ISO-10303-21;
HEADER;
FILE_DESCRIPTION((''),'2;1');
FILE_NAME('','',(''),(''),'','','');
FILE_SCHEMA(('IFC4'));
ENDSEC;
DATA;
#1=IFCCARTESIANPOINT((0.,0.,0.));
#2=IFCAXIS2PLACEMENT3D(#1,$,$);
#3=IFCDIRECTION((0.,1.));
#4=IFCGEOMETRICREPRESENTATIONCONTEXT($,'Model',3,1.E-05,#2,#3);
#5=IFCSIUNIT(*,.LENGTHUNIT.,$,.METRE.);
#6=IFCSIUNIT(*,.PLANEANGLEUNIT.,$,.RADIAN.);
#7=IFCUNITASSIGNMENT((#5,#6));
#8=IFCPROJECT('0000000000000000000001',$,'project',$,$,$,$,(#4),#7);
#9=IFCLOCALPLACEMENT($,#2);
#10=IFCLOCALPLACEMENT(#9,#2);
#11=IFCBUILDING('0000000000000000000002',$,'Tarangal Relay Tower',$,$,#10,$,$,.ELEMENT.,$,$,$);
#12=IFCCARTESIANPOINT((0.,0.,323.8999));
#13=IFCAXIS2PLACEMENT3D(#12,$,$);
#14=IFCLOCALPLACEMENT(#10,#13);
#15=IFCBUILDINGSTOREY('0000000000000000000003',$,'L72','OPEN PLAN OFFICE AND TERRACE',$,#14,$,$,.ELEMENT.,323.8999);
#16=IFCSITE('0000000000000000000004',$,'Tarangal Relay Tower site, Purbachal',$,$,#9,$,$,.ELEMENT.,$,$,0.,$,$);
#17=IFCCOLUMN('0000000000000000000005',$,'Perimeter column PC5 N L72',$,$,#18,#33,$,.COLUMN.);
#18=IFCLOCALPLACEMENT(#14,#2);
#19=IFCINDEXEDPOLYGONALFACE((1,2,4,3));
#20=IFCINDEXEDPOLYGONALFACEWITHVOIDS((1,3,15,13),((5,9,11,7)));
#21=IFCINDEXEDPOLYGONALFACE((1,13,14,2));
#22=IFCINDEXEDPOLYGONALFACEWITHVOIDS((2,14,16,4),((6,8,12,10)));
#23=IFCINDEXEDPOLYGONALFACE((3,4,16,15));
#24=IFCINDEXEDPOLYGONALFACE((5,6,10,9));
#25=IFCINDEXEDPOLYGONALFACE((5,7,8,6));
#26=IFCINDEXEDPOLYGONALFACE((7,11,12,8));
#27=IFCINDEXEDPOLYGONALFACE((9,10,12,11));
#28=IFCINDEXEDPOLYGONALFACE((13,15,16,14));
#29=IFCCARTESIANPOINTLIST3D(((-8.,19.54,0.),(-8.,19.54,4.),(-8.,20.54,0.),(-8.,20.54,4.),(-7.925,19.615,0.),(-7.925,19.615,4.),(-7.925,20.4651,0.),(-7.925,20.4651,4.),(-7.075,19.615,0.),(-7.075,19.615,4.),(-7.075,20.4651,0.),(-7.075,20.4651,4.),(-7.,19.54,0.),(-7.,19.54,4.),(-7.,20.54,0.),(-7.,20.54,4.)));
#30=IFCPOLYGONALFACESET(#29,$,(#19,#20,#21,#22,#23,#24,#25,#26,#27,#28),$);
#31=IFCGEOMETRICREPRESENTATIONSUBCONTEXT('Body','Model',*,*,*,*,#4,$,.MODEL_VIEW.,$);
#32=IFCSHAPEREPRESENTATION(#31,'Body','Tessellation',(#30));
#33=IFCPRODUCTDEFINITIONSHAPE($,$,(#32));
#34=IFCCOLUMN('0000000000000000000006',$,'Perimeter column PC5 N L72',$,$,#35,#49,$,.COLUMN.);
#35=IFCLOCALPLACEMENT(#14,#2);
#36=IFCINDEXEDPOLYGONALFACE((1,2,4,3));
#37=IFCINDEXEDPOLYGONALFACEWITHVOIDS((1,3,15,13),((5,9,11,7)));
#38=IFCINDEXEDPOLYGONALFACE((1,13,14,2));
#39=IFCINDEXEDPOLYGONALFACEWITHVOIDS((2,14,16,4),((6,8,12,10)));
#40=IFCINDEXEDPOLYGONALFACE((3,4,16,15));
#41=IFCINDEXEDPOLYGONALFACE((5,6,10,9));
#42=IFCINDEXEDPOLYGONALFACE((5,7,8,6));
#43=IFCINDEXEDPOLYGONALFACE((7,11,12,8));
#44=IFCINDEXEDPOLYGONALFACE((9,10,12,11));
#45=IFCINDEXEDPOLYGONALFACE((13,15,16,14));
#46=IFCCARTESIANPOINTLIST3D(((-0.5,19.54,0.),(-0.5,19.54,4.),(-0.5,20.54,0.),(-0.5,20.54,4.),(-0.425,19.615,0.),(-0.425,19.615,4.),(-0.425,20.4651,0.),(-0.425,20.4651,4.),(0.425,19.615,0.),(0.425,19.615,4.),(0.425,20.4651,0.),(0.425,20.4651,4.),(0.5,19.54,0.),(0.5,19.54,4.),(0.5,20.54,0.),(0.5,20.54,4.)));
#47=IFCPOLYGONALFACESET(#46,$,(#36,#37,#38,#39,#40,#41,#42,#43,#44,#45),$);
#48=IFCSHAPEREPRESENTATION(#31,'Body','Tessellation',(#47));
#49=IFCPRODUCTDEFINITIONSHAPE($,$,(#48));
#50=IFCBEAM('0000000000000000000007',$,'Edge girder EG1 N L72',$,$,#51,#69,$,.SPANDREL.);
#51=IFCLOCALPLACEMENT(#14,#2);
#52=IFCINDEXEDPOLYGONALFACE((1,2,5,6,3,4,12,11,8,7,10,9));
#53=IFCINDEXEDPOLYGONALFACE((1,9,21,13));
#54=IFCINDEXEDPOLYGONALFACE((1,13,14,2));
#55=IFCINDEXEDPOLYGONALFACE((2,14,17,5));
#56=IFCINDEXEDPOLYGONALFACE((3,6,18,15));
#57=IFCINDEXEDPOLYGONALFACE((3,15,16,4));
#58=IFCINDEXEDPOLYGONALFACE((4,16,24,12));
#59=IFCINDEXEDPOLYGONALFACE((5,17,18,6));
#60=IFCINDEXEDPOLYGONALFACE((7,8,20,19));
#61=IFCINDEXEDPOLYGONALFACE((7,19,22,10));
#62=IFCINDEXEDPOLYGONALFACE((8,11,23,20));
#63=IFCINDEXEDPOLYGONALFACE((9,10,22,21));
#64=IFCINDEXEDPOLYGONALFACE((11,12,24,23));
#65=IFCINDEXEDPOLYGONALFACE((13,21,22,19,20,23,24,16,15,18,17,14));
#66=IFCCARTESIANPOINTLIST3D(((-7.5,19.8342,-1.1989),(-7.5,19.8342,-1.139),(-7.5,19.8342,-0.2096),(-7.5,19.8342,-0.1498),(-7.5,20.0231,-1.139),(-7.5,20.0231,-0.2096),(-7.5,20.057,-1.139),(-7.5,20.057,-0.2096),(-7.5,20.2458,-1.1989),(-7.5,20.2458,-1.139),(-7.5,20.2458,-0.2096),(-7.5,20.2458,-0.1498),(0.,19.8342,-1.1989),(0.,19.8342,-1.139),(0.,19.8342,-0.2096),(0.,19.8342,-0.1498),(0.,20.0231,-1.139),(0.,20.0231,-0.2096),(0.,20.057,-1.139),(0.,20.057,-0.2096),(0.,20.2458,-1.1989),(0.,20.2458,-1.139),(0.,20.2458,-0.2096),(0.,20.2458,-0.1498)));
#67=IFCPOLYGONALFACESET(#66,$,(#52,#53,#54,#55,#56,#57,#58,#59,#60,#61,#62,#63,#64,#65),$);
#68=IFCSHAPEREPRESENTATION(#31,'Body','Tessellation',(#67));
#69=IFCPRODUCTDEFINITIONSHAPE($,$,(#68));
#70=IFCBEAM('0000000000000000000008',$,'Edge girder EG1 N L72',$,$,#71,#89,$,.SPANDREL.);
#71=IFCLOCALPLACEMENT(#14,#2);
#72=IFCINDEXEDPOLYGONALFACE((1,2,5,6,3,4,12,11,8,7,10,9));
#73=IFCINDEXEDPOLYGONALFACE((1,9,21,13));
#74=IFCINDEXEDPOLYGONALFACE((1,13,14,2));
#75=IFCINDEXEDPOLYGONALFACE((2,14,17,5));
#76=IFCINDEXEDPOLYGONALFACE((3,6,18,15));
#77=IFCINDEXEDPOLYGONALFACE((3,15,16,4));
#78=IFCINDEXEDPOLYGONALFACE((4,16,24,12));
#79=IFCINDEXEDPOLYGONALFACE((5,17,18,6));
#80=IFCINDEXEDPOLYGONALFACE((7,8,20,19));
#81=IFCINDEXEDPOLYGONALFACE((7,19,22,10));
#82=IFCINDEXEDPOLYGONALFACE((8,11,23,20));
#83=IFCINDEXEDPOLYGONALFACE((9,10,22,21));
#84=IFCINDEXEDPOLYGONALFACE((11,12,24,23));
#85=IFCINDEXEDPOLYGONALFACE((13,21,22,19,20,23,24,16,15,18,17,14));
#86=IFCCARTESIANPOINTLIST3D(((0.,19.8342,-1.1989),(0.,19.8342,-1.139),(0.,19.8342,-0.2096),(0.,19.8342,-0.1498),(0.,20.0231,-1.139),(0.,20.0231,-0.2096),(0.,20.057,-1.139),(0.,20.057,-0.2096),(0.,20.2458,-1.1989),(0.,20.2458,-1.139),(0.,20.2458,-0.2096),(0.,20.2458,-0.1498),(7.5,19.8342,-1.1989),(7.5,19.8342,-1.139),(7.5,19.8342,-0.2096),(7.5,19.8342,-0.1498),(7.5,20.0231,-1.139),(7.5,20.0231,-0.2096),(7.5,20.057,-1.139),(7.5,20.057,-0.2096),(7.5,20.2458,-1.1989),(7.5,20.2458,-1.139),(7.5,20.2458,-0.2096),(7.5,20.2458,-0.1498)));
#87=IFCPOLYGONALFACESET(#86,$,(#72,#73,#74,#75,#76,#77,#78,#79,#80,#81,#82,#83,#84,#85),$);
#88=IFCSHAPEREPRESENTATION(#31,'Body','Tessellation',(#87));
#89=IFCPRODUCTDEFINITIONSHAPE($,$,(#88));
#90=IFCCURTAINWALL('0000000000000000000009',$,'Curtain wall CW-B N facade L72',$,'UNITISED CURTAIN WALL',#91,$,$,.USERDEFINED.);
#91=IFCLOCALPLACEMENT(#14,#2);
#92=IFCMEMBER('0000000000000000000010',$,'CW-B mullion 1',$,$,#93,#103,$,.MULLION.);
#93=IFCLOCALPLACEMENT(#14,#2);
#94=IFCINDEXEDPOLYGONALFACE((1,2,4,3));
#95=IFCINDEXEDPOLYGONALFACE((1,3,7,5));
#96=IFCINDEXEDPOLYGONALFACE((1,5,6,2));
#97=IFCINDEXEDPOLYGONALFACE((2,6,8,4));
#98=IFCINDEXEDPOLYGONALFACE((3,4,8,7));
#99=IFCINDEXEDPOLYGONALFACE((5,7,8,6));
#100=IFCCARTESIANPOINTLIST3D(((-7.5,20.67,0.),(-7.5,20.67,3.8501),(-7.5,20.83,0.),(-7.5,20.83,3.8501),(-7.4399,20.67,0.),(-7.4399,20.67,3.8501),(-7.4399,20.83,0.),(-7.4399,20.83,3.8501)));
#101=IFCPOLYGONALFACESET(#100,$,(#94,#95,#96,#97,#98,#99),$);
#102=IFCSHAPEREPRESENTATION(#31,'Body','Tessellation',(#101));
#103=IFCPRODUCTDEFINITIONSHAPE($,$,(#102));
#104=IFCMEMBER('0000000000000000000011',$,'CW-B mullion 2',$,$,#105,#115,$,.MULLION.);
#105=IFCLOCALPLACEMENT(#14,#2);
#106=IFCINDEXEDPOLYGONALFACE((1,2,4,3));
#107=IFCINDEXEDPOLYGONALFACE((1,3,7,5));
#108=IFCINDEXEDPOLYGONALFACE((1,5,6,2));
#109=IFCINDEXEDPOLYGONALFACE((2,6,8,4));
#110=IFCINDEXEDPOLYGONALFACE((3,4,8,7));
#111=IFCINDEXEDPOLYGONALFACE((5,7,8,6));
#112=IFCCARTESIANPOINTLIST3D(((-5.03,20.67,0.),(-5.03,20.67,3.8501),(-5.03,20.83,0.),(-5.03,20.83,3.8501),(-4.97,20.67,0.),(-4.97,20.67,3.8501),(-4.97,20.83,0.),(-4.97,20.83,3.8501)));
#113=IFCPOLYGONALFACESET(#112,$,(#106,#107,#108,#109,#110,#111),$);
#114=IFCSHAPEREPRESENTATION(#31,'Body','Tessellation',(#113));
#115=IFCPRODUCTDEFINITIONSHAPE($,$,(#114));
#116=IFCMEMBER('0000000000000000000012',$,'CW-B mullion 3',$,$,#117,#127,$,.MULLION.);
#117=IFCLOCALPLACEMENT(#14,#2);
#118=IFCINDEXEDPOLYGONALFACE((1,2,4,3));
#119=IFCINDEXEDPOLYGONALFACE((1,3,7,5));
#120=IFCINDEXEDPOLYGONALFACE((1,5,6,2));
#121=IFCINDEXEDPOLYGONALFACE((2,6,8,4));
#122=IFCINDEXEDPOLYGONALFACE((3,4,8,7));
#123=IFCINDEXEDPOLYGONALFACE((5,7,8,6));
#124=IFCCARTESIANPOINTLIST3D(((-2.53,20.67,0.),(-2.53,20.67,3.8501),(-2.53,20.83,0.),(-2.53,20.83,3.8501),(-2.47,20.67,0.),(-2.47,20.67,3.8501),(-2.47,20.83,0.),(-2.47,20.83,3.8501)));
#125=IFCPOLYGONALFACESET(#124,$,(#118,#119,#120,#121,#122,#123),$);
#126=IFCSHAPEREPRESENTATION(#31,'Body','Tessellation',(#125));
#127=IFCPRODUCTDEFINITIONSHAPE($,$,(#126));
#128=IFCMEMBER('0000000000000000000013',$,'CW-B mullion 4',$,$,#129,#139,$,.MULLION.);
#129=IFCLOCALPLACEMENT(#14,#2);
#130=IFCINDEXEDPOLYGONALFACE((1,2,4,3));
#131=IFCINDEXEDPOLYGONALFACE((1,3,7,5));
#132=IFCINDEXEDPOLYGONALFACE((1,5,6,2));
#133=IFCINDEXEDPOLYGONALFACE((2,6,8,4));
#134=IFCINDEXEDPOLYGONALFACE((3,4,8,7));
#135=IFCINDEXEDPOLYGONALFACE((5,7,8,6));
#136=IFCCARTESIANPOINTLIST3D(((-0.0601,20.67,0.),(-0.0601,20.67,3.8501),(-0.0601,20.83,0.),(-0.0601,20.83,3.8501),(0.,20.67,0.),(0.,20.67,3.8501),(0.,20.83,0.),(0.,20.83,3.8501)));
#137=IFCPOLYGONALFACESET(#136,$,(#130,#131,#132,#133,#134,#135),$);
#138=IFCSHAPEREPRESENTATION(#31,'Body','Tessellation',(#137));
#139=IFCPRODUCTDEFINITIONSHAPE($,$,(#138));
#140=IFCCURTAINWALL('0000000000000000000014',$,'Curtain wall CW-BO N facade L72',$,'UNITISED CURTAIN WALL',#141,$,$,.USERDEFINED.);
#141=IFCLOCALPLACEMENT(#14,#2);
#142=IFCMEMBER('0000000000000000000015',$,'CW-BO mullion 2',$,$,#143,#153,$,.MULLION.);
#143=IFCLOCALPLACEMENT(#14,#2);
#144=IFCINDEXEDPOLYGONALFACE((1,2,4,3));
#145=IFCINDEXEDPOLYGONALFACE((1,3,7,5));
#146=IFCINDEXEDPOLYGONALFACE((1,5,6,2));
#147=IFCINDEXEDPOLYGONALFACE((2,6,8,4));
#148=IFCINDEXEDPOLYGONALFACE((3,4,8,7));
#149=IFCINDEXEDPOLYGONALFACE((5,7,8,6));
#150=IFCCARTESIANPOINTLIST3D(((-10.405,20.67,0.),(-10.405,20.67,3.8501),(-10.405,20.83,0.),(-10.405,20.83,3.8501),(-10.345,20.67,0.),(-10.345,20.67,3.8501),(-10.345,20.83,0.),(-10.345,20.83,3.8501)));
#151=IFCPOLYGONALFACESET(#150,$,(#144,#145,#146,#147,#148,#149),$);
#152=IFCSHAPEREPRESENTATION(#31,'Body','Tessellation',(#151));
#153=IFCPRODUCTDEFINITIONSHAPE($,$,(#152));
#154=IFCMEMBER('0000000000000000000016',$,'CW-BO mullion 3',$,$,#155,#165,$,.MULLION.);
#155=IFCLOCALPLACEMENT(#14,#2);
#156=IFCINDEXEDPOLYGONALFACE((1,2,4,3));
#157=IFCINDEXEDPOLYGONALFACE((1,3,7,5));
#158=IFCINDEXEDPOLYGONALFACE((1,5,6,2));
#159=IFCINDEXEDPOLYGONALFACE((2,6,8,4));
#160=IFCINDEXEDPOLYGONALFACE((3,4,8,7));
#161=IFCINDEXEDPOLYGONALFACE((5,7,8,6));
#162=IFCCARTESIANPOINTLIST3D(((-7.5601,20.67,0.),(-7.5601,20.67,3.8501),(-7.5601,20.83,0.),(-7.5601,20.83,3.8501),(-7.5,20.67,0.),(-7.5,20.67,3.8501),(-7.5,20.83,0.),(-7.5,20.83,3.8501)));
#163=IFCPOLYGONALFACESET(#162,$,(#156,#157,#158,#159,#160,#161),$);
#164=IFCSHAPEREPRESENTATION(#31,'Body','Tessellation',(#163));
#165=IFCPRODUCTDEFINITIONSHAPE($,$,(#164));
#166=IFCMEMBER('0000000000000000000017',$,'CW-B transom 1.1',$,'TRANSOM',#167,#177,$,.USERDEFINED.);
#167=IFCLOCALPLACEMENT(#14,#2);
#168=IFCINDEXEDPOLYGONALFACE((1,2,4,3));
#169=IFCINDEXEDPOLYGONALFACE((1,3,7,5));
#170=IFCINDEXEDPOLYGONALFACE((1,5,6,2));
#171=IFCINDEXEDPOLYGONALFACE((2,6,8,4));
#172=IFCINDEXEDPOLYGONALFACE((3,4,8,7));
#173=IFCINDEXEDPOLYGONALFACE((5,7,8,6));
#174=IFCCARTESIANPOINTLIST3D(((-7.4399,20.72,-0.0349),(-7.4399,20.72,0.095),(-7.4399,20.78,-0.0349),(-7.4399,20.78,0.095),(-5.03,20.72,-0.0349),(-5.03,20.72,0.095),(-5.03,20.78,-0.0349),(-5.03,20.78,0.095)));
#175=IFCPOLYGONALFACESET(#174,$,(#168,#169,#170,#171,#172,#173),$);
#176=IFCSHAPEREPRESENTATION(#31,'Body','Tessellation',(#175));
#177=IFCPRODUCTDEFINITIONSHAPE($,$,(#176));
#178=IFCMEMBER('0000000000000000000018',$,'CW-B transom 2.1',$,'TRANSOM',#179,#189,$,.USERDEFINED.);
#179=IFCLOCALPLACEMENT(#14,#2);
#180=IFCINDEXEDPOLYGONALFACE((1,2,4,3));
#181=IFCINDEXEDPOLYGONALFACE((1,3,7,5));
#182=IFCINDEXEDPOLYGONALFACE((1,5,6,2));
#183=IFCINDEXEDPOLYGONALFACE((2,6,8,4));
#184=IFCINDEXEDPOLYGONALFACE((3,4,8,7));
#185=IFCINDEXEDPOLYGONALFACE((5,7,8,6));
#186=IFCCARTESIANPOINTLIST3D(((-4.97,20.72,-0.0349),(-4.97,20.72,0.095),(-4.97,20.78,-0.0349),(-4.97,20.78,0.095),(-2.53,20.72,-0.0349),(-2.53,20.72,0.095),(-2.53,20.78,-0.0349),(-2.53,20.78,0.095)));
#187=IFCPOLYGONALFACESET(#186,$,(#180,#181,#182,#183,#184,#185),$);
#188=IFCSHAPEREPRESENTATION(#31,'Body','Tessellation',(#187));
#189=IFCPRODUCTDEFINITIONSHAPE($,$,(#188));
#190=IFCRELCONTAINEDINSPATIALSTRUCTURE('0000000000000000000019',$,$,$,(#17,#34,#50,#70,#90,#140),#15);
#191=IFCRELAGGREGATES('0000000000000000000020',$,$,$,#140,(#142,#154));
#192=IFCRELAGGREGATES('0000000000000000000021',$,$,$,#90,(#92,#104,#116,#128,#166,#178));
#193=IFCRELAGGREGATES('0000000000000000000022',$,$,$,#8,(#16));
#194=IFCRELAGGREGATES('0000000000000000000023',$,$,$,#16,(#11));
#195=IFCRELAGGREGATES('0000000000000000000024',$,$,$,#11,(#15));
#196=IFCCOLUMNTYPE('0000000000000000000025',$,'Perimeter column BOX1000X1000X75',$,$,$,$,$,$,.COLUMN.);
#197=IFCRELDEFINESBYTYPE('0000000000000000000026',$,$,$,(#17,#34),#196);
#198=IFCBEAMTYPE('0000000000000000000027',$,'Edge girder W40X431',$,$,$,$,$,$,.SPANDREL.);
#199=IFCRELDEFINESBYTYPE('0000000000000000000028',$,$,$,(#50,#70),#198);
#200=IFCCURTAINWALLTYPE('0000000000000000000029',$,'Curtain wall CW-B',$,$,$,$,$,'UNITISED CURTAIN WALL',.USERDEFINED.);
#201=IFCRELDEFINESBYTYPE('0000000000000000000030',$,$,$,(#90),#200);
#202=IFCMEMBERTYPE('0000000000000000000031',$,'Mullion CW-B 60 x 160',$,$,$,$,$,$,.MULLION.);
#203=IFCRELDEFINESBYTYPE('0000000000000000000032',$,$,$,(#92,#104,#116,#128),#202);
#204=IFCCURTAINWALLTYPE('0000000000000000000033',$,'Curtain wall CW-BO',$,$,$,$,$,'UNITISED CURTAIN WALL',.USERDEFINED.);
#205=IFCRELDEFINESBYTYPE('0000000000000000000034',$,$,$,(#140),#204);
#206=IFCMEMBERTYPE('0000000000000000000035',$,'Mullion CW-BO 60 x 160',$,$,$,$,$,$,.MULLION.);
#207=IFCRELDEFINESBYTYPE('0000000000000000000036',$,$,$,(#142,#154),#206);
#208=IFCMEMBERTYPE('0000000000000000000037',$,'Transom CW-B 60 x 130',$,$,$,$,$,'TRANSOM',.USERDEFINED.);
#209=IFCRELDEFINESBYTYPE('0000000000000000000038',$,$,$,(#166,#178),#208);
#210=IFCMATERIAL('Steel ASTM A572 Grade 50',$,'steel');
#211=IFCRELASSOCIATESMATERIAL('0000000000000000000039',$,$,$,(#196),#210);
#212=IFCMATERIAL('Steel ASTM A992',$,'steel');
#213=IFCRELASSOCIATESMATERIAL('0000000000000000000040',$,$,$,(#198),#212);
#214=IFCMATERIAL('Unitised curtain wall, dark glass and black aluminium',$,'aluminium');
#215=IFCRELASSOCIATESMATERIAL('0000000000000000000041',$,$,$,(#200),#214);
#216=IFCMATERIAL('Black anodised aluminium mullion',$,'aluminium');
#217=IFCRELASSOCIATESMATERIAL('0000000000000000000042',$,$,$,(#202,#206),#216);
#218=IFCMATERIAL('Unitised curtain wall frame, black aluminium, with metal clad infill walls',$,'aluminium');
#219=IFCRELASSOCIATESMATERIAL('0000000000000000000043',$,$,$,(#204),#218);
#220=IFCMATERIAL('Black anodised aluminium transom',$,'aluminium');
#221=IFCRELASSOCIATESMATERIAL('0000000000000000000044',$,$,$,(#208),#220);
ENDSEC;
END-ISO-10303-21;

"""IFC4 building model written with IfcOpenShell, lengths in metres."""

from ifc_helpers import new_model, si_unit, direction, frame, origin, origin_2d, place, context, subcontext, project, spatial, rectangle, hollow_rectangle, i_section, extrude, material, material_profile, profile_set, type_object, element, aggregate, save


model = new_model("IFC4")

# Units and contexts
model_context = context("Model", 3, precision=1e-05, world=origin(), true_north=direction((0.0, 1.0)))
body_context = subcontext(model_context, "Body", "Model", "MODEL_VIEW")
ifc_project = project(units=[si_unit("LENGTHUNIT", "METRE"), si_unit("PLANEANGLEUNIT", "RADIAN")], contexts=[model_context])

# Site, building, storey
site_placement = place(None, origin())
site = spatial("IfcSite", under=ifc_project, at=site_placement, Name="Tarangal Relay Tower site, Purbachal", CompositionType="ELEMENT", RefElevation=0.0)
building_placement = place(site_placement, origin())
building = spatial("IfcBuilding", under=site, at=building_placement, Name="Tarangal Relay Tower", CompositionType="ELEMENT")
storey_placement = place(building_placement, frame((0.0, 0.0, 323.8999)))
storey = spatial("IfcBuildingStorey", under=building, at=storey_placement, Name="L72", Description="OPEN PLAN OFFICE AND TERRACE", CompositionType="ELEMENT", Elevation=323.8999)

# Columns
ifc_material_1 = material(Name="Steel ASTM A572 Grade 50", Category="steel")
ifc_material_profile_1 = material_profile(ifc_material_1, hollow_rectangle(XDim=1.0, YDim=1.0, WallThickness=0.075, at=origin_2d()), Name="BOX1000X1000X75")
ifc_profile_set_1 = profile_set([ifc_material_profile_1], Name="Steel ASTM A572 Grade 50")
column_type = type_object("IfcColumnType", Name="Perimeter column BOX1000X1000X75", PredefinedType="COLUMN", material=ifc_profile_set_1)
for number, where, z_axis, x_axis, name in (
    (1, (-7.5, 20.04, 0.0), (0.0, 0.0, 1.0), (1.0, 0.0, 0.0), "Perimeter column PC5 N L72"),
    (2, (0.0, 20.04, 0.0), (0.0, 0.0, 1.0), (1.0, 0.0, 0.0), "Perimeter column PC5 N L72"),
):
    element("IfcColumn", number, at=place(storey_placement, frame(where, z_axis=z_axis, x_axis=x_axis)), inside=storey, type_object=column_type, Name=name, PredefinedType="COLUMN", context=body_context, shape_type="SweptSolid", body=[
        extrude(hollow_rectangle(XDim=1.0, YDim=1.0, WallThickness=0.075, at=origin_2d()), origin(), (0.0, 0.0, 1.0), 4.0),
    ])

# Beams
ifc_material_2 = material(Name="Steel ASTM A992", Category="steel")
ifc_material_profile_2 = material_profile(ifc_material_2, i_section(OverallWidth=0.4116, OverallDepth=1.0491, WebThickness=0.0339, FlangeThickness=0.0598, at=origin_2d()), Name="W40X431")
ifc_profile_set_2 = profile_set([ifc_material_profile_2], Name="Steel ASTM A992")
beam_type = type_object("IfcBeamType", Name="Edge girder W40X431", PredefinedType="SPANDREL", material=ifc_profile_set_2)
for number, where, z_axis, x_axis, name in (
    (3, (-7.5, 20.04, -0.6743), (1.0, 0.0, 0.0), (0.0, 1.0, 0.0), "Edge girder EG1 N L72"),
    (4, (0.0, 20.04, -0.6743), (1.0, 0.0, 0.0), (0.0, 1.0, 0.0), "Edge girder EG1 N L72"),
):
    element("IfcBeam", number, at=place(storey_placement, frame(where, z_axis=z_axis, x_axis=x_axis)), inside=storey, type_object=beam_type, Name=name, PredefinedType="SPANDREL", context=body_context, shape_type="SweptSolid", body=[
        extrude(i_section(OverallWidth=0.4116, OverallDepth=1.0491, WebThickness=0.0339, FlangeThickness=0.0598, at=origin_2d()), origin(), (0.0, 0.0, 1.0), 7.5),
    ])

# Curtain walls, members
ifc_material_3 = material(Name="Unitised curtain wall, dark glass and black aluminium", Category="aluminium")
curtain_wall_type_1 = type_object("IfcCurtainWallType", Name="Curtain wall CW-B", ElementType="UNITISED CURTAIN WALL", PredefinedType="USERDEFINED", material=ifc_material_3)
curtain_wall_1_placement = place(storey_placement, origin())
curtain_wall_1 = element("IfcCurtainWall", 5, at=curtain_wall_1_placement, inside=storey, type_object=curtain_wall_type_1, Name="Curtain wall CW-B N facade L72", ObjectType="UNITISED CURTAIN WALL", PredefinedType="USERDEFINED")
ifc_material_4 = material(Name="Black anodised aluminium mullion", Category="aluminium")
ifc_material_profile_3 = material_profile(ifc_material_4, rectangle(XDim=0.1599, YDim=0.0601, at=origin_2d()), Name="CW-BM 60X160")
ifc_profile_set_3 = profile_set([ifc_material_profile_3], Name="Black anodised aluminium mullion")
member_type_1 = type_object("IfcMemberType", Name="Mullion CW-B 60 x 160", PredefinedType="MULLION", material=ifc_profile_set_3)
member_1_placement = place(storey_placement, frame((-7.47, 20.75, 0.0), z_axis=(0.0, 0.0, 1.0), x_axis=(0.0, 1.0, 0.0)))
member_1 = element("IfcMember", 6, at=member_1_placement, type_object=member_type_1, Name="CW-B mullion 1", PredefinedType="MULLION", context=body_context, shape_type="SweptSolid", body=[
    extrude(rectangle(XDim=0.1599, YDim=0.0601, at=origin_2d()), origin(), (0.0, 0.0, 1.0), 3.8501),
])
member_2_placement = place(storey_placement, frame((-5.0, 20.75, 0.0), z_axis=(0.0, 0.0, 1.0), x_axis=(0.0, 1.0, 0.0)))
member_2 = element("IfcMember", 7, at=member_2_placement, type_object=member_type_1, Name="CW-B mullion 2", PredefinedType="MULLION", context=body_context, shape_type="SweptSolid", body=[
    extrude(rectangle(XDim=0.1599, YDim=0.0601, at=origin_2d()), origin(), (0.0, 0.0, 1.0), 3.8501),
])
member_3_placement = place(storey_placement, frame((-2.5, 20.75, 0.0), z_axis=(0.0, 0.0, 1.0), x_axis=(0.0, 1.0, 0.0)))
member_3 = element("IfcMember", 8, at=member_3_placement, type_object=member_type_1, Name="CW-B mullion 3", PredefinedType="MULLION", context=body_context, shape_type="SweptSolid", body=[
    extrude(rectangle(XDim=0.1599, YDim=0.0601, at=origin_2d()), origin(), (0.0, 0.0, 1.0), 3.8501),
])
member_4_placement = place(storey_placement, frame((-0.03, 20.75, 0.0), z_axis=(0.0, 0.0, 1.0), x_axis=(0.0, 1.0, 0.0)))
member_4 = element("IfcMember", 9, at=member_4_placement, type_object=member_type_1, Name="CW-B mullion 4", PredefinedType="MULLION", context=body_context, shape_type="SweptSolid", body=[
    extrude(rectangle(XDim=0.1599, YDim=0.0601, at=origin_2d()), origin(), (0.0, 0.0, 1.0), 3.8501),
])
ifc_material_5 = material(Name="Unitised curtain wall frame, black aluminium, with metal clad infill walls", Category="aluminium")
curtain_wall_type_2 = type_object("IfcCurtainWallType", Name="Curtain wall CW-BO", ElementType="UNITISED CURTAIN WALL", PredefinedType="USERDEFINED", material=ifc_material_5)
curtain_wall_2_placement = place(storey_placement, origin())
curtain_wall_2 = element("IfcCurtainWall", 10, at=curtain_wall_2_placement, inside=storey, type_object=curtain_wall_type_2, Name="Curtain wall CW-BO N facade L72", ObjectType="UNITISED CURTAIN WALL", PredefinedType="USERDEFINED")
ifc_material_profile_4 = material_profile(ifc_material_4, rectangle(XDim=0.1599, YDim=0.0601, at=origin_2d()), Name="CW-BOM 60X160")
ifc_profile_set_4 = profile_set([ifc_material_profile_4], Name="Black anodised aluminium mullion")
member_type_2 = type_object("IfcMemberType", Name="Mullion CW-BO 60 x 160", PredefinedType="MULLION", material=ifc_profile_set_4)
member_5_placement = place(storey_placement, frame((-10.375, 20.75, 0.0), z_axis=(0.0, 0.0, 1.0), x_axis=(0.0, 1.0, 0.0)))
member_5 = element("IfcMember", 11, at=member_5_placement, type_object=member_type_2, Name="CW-BO mullion 2", PredefinedType="MULLION", context=body_context, shape_type="SweptSolid", body=[
    extrude(rectangle(XDim=0.1599, YDim=0.0601, at=origin_2d()), origin(), (0.0, 0.0, 1.0), 3.8501),
])
member_6_placement = place(storey_placement, frame((-7.53, 20.75, 0.0), z_axis=(0.0, 0.0, 1.0), x_axis=(0.0, 1.0, 0.0)))
member_6 = element("IfcMember", 12, at=member_6_placement, type_object=member_type_2, Name="CW-BO mullion 3", PredefinedType="MULLION", context=body_context, shape_type="SweptSolid", body=[
    extrude(rectangle(XDim=0.1599, YDim=0.0601, at=origin_2d()), origin(), (0.0, 0.0, 1.0), 3.8501),
])

# Members
ifc_material_6 = material(Name="Black anodised aluminium transom", Category="aluminium")
ifc_material_profile_5 = material_profile(ifc_material_6, rectangle(XDim=0.0601, YDim=0.1299, at=origin_2d()), Name="CW-BT 60X130")
ifc_profile_set_5 = profile_set([ifc_material_profile_5], Name="Black anodised aluminium transom")
member_type_3 = type_object("IfcMemberType", Name="Transom CW-B 60 x 130", ElementType="TRANSOM", PredefinedType="USERDEFINED", material=ifc_profile_set_5)
member_7_placement = place(storey_placement, frame((-7.4399, 20.75, 0.03), z_axis=(1.0, 0.0, 0.0), x_axis=(0.0, 1.0, 0.0)))
member_7 = element("IfcMember", 13, at=member_7_placement, type_object=member_type_3, Name="CW-B transom 1.1", ObjectType="TRANSOM", PredefinedType="USERDEFINED", context=body_context, shape_type="SweptSolid", body=[
    extrude(rectangle(XDim=0.0601, YDim=0.1299, at=origin_2d()), origin(), (0.0, 0.0, 1.0), 2.4099),
])
member_8_placement = place(storey_placement, frame((-4.97, 20.75, 0.03), z_axis=(1.0, 0.0, 0.0), x_axis=(0.0, 1.0, 0.0)))
member_8 = element("IfcMember", 14, at=member_8_placement, type_object=member_type_3, Name="CW-B transom 2.1", ObjectType="TRANSOM", PredefinedType="USERDEFINED", context=body_context, shape_type="SweptSolid", body=[
    extrude(rectangle(XDim=0.0601, YDim=0.1299, at=origin_2d()), origin(), (0.0, 0.0, 1.0), 2.4399),
])
aggregate(curtain_wall_2, [member_5, member_6])

aggregate(curtain_wall_1, [member_1, member_2, member_3, member_4, member_7, member_8])

save(model, "model.ifc")
